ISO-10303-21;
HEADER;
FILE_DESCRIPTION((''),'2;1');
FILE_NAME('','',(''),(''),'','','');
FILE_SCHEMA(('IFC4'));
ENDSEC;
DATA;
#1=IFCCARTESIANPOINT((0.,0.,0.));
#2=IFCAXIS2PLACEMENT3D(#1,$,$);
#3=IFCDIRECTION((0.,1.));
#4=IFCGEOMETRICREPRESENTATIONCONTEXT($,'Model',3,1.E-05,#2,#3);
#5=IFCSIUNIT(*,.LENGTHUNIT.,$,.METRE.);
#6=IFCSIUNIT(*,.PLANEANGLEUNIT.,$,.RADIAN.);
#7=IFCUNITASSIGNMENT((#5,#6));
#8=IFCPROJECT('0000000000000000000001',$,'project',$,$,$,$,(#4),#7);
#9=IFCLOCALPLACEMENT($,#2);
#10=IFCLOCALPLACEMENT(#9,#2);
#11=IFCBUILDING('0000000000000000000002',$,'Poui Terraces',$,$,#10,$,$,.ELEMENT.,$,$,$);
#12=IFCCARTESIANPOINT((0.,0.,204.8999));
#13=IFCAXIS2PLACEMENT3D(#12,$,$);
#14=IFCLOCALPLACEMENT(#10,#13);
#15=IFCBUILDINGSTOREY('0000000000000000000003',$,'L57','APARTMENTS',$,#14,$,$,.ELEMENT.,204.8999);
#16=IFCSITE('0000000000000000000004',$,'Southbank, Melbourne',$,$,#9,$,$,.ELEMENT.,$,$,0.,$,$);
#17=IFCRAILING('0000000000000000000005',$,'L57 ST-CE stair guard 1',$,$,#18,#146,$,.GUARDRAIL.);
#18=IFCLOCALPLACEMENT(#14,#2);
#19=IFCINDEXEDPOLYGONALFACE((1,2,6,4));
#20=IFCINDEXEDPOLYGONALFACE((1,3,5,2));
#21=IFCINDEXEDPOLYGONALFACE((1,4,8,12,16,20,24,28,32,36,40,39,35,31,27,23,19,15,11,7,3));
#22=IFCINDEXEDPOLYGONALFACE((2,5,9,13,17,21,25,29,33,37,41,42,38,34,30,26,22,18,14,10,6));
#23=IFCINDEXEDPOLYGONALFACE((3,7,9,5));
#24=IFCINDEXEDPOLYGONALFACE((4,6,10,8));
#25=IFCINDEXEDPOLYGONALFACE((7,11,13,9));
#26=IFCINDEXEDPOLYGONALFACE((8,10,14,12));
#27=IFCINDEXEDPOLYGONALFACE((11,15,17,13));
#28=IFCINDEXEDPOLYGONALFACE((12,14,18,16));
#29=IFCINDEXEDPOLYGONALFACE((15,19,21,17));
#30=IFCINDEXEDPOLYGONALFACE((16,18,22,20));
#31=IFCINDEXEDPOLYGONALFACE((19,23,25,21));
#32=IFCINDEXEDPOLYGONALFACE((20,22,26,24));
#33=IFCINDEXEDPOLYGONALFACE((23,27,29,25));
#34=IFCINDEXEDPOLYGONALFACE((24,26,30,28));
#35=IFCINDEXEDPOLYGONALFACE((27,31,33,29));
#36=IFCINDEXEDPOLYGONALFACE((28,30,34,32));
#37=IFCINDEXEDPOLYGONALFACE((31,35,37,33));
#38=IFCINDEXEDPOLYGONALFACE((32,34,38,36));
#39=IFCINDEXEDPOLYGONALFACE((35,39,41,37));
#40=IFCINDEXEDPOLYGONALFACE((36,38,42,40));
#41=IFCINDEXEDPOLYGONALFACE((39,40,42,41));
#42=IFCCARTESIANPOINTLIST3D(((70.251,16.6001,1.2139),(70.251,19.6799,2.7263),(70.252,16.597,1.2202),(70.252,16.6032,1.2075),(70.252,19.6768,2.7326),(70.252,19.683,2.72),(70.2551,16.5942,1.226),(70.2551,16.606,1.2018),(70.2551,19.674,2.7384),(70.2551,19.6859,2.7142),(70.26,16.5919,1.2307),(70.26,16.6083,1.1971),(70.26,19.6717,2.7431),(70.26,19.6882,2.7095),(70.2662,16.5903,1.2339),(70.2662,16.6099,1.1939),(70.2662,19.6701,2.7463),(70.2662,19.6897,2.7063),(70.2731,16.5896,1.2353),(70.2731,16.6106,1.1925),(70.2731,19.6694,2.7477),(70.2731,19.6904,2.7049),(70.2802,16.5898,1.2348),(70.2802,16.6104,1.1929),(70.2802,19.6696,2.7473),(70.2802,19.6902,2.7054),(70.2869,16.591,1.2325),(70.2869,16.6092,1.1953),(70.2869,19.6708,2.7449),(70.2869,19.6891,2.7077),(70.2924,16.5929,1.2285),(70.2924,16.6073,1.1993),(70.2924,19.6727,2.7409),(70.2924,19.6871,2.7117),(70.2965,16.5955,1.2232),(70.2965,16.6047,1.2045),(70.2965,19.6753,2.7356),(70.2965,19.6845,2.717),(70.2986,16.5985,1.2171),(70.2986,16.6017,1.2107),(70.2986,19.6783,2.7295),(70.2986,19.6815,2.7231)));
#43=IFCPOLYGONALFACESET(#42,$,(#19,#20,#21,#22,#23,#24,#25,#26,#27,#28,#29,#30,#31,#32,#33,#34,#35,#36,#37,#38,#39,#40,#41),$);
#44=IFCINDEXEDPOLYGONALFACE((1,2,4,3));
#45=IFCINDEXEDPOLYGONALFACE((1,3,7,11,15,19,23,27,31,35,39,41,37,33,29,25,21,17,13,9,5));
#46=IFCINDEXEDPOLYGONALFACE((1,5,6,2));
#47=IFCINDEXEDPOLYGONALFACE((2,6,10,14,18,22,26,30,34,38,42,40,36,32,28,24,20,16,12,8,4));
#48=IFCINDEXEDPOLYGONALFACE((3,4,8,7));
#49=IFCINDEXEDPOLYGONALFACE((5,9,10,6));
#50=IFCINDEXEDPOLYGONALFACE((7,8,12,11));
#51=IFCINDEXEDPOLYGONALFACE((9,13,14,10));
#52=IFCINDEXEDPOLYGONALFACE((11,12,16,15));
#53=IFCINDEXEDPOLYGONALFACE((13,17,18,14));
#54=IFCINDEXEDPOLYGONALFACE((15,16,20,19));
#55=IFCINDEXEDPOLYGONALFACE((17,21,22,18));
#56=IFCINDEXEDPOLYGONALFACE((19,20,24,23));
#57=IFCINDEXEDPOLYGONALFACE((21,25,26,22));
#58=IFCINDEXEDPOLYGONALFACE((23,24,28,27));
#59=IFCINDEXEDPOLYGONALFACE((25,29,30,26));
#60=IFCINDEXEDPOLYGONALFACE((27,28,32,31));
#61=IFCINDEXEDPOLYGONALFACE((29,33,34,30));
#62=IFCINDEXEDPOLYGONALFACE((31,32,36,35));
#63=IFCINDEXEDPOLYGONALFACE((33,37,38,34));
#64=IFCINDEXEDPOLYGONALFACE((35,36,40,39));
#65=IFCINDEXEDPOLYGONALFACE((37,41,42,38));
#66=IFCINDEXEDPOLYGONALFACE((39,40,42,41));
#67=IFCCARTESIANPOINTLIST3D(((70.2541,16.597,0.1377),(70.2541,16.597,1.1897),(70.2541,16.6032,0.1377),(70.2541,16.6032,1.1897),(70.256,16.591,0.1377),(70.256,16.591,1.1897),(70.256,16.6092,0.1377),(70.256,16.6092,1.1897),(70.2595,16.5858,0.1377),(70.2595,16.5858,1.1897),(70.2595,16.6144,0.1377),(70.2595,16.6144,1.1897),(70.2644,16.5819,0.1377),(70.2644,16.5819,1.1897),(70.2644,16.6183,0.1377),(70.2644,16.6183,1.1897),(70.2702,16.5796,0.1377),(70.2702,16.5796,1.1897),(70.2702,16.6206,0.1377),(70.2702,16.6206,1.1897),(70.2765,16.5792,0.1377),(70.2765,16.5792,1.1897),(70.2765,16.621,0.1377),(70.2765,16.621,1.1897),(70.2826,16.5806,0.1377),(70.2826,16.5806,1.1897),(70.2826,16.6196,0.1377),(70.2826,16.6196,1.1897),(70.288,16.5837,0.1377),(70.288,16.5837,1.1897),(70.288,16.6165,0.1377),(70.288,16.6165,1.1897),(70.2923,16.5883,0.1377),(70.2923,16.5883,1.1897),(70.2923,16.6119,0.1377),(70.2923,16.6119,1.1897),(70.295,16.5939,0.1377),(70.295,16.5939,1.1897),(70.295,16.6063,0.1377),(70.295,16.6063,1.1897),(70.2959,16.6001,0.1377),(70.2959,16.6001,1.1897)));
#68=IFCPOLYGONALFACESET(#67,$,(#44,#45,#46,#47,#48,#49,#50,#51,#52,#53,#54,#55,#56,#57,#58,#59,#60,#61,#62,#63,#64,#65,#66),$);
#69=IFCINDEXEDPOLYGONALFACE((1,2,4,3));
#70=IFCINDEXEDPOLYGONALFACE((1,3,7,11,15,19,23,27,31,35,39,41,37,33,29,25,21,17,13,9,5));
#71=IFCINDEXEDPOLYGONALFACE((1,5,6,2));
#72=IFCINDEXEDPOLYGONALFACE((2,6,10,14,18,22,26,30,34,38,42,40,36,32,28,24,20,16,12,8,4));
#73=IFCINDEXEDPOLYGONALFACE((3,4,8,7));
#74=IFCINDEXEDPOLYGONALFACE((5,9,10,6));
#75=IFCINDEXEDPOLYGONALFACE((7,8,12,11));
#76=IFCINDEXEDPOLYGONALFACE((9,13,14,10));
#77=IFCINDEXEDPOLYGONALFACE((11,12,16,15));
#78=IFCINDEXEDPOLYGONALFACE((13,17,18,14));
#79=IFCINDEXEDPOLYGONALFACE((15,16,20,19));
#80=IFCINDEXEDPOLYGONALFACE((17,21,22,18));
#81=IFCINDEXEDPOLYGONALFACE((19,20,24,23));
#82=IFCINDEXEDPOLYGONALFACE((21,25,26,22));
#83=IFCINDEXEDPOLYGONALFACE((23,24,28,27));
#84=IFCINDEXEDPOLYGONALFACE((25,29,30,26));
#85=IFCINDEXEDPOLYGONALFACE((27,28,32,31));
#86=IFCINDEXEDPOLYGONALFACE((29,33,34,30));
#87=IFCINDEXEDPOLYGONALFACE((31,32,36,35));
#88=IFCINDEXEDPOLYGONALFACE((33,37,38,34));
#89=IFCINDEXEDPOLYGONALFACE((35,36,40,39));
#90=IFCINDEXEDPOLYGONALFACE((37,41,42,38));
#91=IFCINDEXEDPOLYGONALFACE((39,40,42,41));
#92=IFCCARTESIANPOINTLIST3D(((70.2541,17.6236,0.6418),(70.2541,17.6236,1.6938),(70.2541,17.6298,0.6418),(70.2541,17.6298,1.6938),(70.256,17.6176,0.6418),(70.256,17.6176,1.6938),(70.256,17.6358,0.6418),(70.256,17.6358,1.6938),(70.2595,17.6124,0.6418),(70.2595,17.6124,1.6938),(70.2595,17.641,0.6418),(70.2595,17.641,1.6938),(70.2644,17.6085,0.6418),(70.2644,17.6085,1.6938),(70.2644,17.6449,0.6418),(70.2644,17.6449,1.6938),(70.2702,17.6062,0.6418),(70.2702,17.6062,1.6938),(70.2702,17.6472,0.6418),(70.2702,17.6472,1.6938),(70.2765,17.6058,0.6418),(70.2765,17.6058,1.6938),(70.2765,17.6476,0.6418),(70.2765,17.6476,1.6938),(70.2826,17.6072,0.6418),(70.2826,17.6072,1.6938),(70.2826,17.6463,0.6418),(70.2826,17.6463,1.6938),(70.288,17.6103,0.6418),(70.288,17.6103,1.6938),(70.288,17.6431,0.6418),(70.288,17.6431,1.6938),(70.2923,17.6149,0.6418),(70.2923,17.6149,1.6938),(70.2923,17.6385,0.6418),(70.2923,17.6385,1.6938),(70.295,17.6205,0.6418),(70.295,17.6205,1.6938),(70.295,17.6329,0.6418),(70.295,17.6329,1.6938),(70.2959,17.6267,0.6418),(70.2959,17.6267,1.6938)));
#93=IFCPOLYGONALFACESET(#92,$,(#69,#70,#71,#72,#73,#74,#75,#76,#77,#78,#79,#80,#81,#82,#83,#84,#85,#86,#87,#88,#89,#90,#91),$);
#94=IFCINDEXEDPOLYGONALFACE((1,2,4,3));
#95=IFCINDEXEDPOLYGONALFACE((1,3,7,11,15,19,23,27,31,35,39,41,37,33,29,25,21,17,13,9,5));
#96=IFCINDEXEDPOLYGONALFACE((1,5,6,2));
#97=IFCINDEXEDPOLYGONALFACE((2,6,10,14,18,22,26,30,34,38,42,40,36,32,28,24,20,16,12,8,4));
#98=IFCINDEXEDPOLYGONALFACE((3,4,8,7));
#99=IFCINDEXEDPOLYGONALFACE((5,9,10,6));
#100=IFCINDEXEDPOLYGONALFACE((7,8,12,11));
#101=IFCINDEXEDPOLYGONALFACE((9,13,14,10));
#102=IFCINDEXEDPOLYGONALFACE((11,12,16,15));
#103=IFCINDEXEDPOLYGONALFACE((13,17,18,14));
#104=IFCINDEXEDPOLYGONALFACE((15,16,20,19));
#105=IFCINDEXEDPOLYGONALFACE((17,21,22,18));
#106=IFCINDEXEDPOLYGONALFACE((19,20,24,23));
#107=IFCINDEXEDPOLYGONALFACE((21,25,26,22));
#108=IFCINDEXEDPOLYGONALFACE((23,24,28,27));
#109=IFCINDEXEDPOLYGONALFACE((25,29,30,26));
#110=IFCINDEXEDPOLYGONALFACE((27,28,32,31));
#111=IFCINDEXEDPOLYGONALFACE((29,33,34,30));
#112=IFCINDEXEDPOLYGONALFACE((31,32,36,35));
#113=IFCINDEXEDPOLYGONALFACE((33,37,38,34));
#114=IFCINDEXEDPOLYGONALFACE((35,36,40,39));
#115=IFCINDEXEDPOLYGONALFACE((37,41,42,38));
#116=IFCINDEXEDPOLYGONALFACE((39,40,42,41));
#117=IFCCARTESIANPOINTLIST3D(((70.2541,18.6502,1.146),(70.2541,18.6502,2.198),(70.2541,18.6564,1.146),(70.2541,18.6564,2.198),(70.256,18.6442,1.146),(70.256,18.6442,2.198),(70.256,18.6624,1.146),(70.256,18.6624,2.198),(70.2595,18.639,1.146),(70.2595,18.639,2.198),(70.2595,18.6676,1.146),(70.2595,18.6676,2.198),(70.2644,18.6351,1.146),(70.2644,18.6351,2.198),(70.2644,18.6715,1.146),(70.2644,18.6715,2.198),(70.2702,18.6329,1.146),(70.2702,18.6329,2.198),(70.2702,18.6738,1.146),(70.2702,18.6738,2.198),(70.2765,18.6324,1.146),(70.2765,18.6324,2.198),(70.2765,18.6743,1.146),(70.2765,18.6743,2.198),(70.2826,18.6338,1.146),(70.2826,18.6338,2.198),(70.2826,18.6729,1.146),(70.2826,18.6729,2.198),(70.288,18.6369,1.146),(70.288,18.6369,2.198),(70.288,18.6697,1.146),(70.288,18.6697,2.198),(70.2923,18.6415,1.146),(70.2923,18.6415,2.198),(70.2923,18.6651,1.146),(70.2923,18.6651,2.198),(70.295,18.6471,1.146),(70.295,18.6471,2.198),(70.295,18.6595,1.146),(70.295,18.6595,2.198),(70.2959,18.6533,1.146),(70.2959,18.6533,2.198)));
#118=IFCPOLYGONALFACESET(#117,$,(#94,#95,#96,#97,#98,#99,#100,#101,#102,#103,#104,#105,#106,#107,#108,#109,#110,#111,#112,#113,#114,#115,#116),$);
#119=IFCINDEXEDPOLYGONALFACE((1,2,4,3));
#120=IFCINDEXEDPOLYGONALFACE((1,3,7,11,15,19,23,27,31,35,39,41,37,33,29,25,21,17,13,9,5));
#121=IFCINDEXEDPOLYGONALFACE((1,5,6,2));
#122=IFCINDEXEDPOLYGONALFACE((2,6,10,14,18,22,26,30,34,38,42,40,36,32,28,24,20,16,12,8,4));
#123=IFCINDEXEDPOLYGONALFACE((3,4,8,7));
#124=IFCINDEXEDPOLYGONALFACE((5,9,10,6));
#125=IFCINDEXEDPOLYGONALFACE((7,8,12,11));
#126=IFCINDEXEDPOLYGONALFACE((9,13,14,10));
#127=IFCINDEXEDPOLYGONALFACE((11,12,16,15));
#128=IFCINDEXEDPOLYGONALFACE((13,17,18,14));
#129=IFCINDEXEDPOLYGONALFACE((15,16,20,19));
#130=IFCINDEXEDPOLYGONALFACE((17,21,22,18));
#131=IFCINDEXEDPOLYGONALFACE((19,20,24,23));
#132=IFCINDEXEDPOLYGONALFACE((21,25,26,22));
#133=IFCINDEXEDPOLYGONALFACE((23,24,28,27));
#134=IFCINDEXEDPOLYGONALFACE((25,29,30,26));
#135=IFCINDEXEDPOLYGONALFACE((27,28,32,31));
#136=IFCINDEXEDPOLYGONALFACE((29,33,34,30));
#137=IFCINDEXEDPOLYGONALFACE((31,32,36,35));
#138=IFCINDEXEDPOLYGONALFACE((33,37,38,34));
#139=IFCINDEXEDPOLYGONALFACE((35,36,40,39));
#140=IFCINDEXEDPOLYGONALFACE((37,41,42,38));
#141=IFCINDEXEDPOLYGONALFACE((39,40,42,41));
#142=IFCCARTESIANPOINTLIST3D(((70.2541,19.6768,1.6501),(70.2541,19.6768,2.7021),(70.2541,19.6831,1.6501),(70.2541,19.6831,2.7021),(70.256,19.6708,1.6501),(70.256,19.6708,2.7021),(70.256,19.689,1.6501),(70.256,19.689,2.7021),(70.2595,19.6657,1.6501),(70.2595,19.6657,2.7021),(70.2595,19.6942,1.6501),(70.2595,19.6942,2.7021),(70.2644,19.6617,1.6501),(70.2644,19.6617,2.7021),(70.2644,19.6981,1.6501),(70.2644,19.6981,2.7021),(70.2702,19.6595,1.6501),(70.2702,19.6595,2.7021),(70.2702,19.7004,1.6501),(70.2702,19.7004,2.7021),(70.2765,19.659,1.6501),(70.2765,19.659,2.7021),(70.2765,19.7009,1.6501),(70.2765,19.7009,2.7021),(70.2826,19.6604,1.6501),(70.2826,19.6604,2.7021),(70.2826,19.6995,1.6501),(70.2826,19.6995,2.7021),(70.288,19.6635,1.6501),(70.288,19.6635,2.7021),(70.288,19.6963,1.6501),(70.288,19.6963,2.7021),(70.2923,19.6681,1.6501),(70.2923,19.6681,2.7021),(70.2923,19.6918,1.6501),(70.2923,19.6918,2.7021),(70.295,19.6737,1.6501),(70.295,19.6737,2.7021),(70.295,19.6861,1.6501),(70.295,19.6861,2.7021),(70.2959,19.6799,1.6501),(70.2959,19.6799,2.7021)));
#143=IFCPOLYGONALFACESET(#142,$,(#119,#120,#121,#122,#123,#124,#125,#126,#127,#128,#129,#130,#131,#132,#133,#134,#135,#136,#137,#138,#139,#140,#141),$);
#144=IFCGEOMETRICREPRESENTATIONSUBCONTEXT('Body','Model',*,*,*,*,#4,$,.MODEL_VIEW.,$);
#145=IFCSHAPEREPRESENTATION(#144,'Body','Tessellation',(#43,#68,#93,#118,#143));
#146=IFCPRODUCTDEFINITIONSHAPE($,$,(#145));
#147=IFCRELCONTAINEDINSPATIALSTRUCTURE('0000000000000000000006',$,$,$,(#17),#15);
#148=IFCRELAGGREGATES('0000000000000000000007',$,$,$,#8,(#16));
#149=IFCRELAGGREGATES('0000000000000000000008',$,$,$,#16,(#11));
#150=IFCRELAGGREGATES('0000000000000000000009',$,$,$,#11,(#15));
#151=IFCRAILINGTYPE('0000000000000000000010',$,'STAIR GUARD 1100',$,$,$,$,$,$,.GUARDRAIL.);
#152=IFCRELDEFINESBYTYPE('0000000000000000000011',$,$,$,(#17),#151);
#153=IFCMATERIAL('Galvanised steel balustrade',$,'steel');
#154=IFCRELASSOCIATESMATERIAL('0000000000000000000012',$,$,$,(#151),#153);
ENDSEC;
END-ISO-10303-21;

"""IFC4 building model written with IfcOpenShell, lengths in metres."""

from ifc_helpers import new_model, si_unit, direction, frame, origin, origin_2d, place, context, subcontext, project, spatial, circle, extrude, material, type_object, element, save


model = new_model("IFC4")

# Units and contexts
model_context = context("Model", 3, precision=1e-05, world=origin(), true_north=direction((0.0, 1.0)))
body_context = subcontext(model_context, "Body", "Model", "MODEL_VIEW")
ifc_project = project(units=[si_unit("LENGTHUNIT", "METRE"), si_unit("PLANEANGLEUNIT", "RADIAN")], contexts=[model_context])

# Site, building, storey
site_placement = place(None, origin())
site = spatial("IfcSite", under=ifc_project, at=site_placement, Name="Southbank, Melbourne", CompositionType="ELEMENT", RefElevation=0.0)
building_placement = place(site_placement, origin())
building = spatial("IfcBuilding", under=site, at=building_placement, Name="Poui Terraces", CompositionType="ELEMENT")
storey_placement = place(building_placement, frame((0.0, 0.0, 204.8999)))
storey = spatial("IfcBuildingStorey", under=building, at=storey_placement, Name="L57", Description="APARTMENTS", CompositionType="ELEMENT", Elevation=204.8999)

# Railing
ifc_material_1 = material(Name="Galvanised steel balustrade", Category="steel")
railing_type_1 = type_object("IfcRailingType", Name="STAIR GUARD 1100", PredefinedType="GUARDRAIL", material=ifc_material_1)
railing_1_placement = place(storey_placement, frame((70.2749, 16.6001, 0.1377)))
element("IfcRailing", 1, at=railing_1_placement, inside=storey, type_object=railing_type_1, Name="L57 ST-CE stair guard 1", PredefinedType="GUARDRAIL", context=body_context, shape_type="SweptSolid", body=[
    extrude(circle(Radius=0.0239, at=origin_2d()), frame((0.0, 0.0, 1.0762), z_axis=(0.0, 0.897606, 0.440798), x_axis=(-1.0, 0.0, 0.0)), (0.0, 0.0, 1.0), 3.4312),
    extrude(circle(Radius=0.021, at=origin_2d()), origin(), (0.0, 0.0, 1.0), 1.052),
    extrude(circle(Radius=0.021, at=origin_2d()), frame((0.0, 1.0266, 0.5042)), (0.0, 0.0, 1.0), 1.052),
    extrude(circle(Radius=0.021, at=origin_2d()), frame((0.0, 2.0532, 1.0083)), (0.0, 0.0, 1.0), 1.052),
    extrude(circle(Radius=0.021, at=origin_2d()), frame((0.0, 3.0798, 1.5125)), (0.0, 0.0, 1.0), 1.052),
])

save(model, "model.ifc")
